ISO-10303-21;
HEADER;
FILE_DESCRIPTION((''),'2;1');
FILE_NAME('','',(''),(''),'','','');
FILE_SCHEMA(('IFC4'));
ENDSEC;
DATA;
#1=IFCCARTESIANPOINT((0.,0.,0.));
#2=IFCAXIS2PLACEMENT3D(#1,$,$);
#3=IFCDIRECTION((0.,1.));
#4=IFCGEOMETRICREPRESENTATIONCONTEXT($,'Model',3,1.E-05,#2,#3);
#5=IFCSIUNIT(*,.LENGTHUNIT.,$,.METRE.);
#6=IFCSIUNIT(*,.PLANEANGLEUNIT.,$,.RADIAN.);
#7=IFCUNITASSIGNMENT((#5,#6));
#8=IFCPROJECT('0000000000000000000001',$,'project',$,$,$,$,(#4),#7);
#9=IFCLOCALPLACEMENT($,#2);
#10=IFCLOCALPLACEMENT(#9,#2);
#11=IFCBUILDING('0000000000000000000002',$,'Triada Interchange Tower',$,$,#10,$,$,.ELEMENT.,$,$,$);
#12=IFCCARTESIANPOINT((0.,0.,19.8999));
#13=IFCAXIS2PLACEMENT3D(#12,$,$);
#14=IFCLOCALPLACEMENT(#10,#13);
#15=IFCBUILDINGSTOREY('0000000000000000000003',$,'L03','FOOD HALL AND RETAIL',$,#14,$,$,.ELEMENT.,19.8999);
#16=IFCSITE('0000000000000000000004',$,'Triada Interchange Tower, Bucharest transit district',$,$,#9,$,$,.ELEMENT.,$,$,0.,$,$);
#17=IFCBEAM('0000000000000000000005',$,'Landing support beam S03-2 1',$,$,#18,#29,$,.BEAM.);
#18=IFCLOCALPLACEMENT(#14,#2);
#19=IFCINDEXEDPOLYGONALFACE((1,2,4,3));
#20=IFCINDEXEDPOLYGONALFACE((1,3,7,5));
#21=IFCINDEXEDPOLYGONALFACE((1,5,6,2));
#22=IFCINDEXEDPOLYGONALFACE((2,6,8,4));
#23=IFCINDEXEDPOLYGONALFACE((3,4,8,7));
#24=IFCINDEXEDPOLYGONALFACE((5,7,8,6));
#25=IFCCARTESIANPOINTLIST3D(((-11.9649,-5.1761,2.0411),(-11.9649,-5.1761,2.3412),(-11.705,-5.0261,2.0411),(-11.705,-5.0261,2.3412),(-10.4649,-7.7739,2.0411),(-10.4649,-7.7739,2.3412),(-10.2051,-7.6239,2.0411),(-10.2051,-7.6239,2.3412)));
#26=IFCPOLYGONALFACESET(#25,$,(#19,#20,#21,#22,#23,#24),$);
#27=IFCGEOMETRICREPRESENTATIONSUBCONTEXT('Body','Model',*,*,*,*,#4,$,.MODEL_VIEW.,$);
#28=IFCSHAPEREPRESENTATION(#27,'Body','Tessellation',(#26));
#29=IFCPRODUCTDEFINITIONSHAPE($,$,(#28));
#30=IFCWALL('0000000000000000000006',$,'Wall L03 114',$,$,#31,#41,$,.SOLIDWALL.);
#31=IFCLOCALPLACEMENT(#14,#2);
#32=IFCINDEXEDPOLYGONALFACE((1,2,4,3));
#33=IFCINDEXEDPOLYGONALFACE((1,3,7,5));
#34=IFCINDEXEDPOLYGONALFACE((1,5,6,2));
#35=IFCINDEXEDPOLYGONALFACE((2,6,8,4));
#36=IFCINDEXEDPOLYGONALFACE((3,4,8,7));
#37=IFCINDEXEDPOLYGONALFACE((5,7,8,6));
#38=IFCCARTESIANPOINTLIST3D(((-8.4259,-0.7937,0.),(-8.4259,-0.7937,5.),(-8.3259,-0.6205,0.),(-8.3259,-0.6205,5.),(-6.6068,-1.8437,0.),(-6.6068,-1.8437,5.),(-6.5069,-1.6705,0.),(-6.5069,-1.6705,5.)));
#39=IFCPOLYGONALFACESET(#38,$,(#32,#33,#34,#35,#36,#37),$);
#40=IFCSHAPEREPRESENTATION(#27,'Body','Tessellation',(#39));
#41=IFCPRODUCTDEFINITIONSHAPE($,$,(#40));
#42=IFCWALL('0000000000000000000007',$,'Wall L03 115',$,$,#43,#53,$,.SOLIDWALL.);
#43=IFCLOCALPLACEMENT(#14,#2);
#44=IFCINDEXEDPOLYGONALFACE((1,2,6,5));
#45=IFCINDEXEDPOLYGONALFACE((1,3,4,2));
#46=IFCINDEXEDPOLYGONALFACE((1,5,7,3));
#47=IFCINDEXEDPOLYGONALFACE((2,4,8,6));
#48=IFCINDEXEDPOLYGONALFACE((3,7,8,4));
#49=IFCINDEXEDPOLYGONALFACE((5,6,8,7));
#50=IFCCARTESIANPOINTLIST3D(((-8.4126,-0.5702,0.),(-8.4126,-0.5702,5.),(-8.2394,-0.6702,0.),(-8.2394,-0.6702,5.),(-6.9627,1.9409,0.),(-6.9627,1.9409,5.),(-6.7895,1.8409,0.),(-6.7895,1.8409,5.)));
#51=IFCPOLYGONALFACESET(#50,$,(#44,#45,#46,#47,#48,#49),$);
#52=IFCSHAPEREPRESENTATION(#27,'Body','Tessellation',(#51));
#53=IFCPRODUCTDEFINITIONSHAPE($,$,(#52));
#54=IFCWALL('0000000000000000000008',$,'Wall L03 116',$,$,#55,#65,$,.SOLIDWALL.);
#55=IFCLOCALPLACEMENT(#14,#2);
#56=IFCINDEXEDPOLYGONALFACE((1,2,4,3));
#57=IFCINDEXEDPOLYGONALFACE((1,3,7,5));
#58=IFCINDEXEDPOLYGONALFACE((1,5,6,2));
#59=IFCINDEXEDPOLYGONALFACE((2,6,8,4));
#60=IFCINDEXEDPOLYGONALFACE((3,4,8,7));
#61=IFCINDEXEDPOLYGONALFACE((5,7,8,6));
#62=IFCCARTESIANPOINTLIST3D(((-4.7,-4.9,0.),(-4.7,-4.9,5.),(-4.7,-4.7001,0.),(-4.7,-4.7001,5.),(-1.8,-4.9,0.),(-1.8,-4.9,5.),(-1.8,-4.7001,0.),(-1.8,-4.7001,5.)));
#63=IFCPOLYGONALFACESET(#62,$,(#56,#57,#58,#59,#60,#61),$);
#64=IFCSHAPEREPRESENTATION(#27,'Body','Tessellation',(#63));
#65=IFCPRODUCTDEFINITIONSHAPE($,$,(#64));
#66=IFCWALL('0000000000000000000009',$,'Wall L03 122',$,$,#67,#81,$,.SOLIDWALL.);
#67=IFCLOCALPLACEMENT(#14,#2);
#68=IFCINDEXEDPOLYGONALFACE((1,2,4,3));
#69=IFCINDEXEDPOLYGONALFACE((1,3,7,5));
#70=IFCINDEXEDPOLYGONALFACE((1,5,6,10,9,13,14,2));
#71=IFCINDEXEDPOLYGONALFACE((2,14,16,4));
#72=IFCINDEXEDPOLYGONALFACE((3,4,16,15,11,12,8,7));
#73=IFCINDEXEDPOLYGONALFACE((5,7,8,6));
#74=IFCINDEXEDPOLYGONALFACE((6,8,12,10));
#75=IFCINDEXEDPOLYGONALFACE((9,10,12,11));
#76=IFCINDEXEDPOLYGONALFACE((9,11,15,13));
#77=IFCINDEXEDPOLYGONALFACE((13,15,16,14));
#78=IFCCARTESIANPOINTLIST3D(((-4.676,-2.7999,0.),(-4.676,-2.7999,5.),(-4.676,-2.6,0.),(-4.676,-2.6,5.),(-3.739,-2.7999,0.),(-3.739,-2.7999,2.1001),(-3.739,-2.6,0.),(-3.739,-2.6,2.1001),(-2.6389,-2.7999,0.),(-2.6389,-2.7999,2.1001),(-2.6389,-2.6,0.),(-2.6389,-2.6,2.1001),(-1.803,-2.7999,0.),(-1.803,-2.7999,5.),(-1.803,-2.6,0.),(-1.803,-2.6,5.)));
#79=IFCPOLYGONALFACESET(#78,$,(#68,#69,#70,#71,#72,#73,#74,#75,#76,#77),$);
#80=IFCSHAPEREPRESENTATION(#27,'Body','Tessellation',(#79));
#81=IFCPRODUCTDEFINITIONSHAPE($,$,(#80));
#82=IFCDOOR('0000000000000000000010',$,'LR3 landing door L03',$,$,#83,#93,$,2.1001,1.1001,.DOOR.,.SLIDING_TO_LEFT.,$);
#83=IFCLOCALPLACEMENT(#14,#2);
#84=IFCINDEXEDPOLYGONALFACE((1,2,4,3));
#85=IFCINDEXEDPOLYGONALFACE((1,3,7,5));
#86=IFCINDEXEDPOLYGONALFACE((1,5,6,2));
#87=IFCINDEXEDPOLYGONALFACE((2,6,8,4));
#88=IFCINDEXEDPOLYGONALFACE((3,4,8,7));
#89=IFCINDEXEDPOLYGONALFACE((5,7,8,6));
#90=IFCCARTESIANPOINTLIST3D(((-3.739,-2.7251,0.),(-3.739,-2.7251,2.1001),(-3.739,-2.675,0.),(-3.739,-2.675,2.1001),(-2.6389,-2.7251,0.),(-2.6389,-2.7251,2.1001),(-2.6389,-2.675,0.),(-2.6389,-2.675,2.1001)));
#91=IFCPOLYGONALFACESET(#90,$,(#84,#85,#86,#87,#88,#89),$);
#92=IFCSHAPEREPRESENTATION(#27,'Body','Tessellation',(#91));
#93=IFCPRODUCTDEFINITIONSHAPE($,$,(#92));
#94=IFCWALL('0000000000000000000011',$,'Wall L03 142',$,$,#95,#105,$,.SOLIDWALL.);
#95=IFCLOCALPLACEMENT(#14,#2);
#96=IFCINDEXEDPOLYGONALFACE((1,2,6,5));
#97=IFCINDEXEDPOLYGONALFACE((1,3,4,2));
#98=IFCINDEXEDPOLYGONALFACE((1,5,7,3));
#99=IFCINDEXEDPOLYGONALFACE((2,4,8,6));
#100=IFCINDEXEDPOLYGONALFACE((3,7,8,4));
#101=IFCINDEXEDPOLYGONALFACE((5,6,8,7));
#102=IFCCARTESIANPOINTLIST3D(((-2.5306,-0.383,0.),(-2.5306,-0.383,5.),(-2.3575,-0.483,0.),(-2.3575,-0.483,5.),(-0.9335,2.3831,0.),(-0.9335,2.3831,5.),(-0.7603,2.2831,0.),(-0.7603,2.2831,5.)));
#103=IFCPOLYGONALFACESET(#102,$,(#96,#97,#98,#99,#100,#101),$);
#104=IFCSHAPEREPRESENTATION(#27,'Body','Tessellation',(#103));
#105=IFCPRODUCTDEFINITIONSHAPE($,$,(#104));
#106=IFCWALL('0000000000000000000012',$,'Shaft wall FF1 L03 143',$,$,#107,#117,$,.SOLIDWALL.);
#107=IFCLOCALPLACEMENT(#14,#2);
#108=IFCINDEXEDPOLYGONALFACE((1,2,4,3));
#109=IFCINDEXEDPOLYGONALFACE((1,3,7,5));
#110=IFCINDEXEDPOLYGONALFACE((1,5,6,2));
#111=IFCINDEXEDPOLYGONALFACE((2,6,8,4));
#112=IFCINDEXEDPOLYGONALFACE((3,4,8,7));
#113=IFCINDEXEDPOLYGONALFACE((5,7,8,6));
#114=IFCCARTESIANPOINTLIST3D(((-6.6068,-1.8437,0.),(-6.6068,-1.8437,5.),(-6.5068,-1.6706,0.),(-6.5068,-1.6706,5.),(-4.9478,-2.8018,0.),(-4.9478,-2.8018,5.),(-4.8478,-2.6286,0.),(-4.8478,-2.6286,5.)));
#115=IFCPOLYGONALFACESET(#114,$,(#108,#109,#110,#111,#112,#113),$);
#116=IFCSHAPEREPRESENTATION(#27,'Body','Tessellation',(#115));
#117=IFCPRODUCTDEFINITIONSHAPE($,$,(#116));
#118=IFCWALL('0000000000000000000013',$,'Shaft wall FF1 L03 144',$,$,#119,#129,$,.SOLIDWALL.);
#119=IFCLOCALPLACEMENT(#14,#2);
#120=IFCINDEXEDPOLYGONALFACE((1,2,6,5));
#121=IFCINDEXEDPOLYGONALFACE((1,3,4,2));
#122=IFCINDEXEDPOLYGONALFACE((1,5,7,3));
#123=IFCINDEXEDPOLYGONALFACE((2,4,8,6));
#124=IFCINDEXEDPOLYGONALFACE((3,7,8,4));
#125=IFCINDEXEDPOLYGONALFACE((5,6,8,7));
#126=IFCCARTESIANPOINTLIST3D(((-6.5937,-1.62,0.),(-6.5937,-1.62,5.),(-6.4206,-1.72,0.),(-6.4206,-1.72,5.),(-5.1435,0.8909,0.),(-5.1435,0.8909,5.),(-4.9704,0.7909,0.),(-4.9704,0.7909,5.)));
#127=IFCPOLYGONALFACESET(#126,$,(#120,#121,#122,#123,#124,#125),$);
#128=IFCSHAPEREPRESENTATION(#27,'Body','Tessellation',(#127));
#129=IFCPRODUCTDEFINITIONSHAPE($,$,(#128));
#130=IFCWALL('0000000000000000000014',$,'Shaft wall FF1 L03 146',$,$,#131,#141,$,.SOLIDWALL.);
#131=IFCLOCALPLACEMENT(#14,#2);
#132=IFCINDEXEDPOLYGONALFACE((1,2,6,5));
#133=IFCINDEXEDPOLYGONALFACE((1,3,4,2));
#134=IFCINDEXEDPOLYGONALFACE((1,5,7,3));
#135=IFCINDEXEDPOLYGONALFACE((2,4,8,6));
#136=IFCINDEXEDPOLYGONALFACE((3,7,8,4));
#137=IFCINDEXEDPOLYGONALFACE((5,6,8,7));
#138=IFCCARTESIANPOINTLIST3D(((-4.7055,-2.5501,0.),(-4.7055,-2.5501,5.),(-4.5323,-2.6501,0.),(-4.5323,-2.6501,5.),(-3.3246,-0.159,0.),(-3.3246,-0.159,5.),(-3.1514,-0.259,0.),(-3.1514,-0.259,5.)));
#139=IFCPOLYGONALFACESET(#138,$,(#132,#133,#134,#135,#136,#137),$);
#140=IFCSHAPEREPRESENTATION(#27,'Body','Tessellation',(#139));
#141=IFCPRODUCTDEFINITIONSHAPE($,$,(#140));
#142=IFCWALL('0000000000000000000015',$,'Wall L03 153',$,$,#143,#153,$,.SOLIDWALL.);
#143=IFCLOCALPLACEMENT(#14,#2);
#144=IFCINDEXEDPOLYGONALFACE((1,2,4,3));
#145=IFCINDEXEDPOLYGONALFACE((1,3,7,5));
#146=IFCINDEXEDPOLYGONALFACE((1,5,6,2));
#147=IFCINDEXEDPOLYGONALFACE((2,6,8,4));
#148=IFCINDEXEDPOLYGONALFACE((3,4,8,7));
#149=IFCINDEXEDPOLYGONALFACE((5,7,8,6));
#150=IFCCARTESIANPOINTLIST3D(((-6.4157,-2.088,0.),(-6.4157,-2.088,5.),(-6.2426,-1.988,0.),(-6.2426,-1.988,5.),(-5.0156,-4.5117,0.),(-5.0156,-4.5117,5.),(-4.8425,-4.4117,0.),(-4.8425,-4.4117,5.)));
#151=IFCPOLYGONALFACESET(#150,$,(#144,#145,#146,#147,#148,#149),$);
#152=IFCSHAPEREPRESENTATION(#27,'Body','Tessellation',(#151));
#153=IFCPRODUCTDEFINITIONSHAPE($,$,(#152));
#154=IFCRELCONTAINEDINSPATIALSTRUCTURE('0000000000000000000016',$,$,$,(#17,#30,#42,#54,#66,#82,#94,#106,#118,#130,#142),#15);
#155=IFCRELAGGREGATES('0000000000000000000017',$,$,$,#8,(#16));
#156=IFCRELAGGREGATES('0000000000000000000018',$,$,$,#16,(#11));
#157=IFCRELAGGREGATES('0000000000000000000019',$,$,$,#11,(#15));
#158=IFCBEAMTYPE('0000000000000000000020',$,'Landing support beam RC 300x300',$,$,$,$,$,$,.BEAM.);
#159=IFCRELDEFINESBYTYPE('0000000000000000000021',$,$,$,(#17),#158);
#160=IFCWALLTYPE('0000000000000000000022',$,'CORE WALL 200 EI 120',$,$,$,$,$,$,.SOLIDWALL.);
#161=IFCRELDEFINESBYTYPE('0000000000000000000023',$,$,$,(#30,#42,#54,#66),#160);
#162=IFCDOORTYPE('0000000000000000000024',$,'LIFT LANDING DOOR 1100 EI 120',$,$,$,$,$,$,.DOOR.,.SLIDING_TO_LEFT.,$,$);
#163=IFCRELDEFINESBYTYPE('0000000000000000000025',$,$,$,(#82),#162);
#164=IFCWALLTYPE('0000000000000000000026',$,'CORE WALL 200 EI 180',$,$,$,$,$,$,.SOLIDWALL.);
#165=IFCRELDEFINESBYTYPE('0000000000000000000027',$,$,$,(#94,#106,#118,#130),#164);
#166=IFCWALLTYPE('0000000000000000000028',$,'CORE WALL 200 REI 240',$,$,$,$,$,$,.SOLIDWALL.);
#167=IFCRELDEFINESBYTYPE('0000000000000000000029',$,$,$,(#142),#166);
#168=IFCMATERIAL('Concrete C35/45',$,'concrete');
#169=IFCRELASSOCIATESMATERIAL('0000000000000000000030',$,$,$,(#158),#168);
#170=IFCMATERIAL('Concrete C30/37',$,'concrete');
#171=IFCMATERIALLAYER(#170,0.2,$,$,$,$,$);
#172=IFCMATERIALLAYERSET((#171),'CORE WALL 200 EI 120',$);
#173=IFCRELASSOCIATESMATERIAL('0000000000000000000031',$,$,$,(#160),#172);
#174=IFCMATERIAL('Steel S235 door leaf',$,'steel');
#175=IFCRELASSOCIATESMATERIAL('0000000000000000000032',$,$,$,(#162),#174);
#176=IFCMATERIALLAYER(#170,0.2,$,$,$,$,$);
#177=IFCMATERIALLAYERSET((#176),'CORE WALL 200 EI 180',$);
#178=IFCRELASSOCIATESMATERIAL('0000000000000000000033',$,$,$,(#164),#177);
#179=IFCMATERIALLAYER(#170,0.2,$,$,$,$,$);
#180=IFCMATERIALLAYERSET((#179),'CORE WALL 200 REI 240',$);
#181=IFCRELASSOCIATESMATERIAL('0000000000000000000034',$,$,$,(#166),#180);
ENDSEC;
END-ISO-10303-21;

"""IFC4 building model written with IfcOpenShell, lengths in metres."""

from ifc_helpers import new_model, si_unit, direction, frame, frame_2d, origin, origin_2d, place, context, subcontext, project, spatial, rectangle, extrude, material, layer, layer_set, material_profile, profile_set, type_object, element, fill, save


model = new_model("IFC4")

# Units and contexts
model_context = context("Model", 3, precision=1e-05, world=origin(), true_north=direction((0.0, 1.0)))
body_context = subcontext(model_context, "Body", "Model", "MODEL_VIEW")
ifc_project = project(units=[si_unit("LENGTHUNIT", "METRE"), si_unit("PLANEANGLEUNIT", "RADIAN")], contexts=[model_context])

# Site, building, storey
site_placement = place(None, origin())
site = spatial("IfcSite", under=ifc_project, at=site_placement, Name="Triada Interchange Tower, Bucharest transit district", CompositionType="ELEMENT", RefElevation=0.0)
building_placement = place(site_placement, origin())
building = spatial("IfcBuilding", under=site, at=building_placement, Name="Triada Interchange Tower", CompositionType="ELEMENT")
storey_placement = place(building_placement, frame((0.0, 0.0, 19.8999)))
storey = spatial("IfcBuildingStorey", under=building, at=storey_placement, Name="L03", Description="FOOD HALL AND RETAIL", CompositionType="ELEMENT", Elevation=19.8999)

# Beam
ifc_material_1 = material(Name="Concrete C35/45", Category="concrete")
ifc_material_profile = material_profile(ifc_material_1, rectangle(XDim=0.3, YDim=0.3, at=origin_2d()), Name="RC 300x300")
ifc_profile_set = profile_set([ifc_material_profile], Name="Concrete C35/45")
beam_type = type_object("IfcBeamType", Name="Landing support beam RC 300x300", PredefinedType="BEAM", material=ifc_profile_set)
beam_placement = place(storey_placement, frame((-11.835, -5.1011, 2.1912), z_axis=(0.500025, -0.866011, 0.0), x_axis=(0.866011, 0.500025, 0.0)))
element("IfcBeam", 1, at=beam_placement, inside=storey, type_object=beam_type, Name="Landing support beam S03-2 1", PredefinedType="BEAM", context=body_context, shape_type="SweptSolid", body=[
    extrude(rectangle(XDim=0.3, YDim=0.3, at=origin_2d()), origin(), (0.0, 0.0, 1.0), 2.9998),
])

# Walls
ifc_material_2 = material(Name="Concrete C30/37", Category="concrete")
ifc_layer_1 = layer(ifc_material_2, 0.2)
ifc_layer_set_1 = layer_set([ifc_layer_1], Name="CORE WALL 200 EI 120")
wall_type_1 = type_object("IfcWallType", Name="CORE WALL 200 EI 120", PredefinedType="SOLIDWALL", material=ifc_layer_set_1)
wall_1_placement = place(storey_placement, frame((-8.376, -0.707, 0.0), z_axis=(0.0, 0.0, 1.0), x_axis=(0.866068, -0.499927, 0.0)))
element("IfcWall", 2, at=wall_1_placement, inside=storey, type_object=wall_type_1, Name="Wall L03 114", PredefinedType="SOLIDWALL", context=body_context, shape_type="SweptSolid", body=[
    extrude(rectangle(XDim=2.1003, YDim=0.2, at=frame_2d((1.0503, 0.0))), origin(), (0.0, 0.0, 1.0), 5.0),
])
wall_2_placement = place(storey_placement, frame((-8.3259, -0.6201, 0.0), z_axis=(0.0, 0.0, 1.0), x_axis=(0.500024, 0.866012, 0.0)))
element("IfcWall", 3, at=wall_2_placement, inside=storey, type_object=wall_type_1, Name="Wall L03 115", PredefinedType="SOLIDWALL", context=body_context, shape_type="SweptSolid", body=[
    extrude(rectangle(XDim=2.8997, YDim=0.2, at=frame_2d((1.4497, 0.0))), origin(), (0.0, 0.0, 1.0), 5.0),
])
wall_3_placement = place(storey_placement, frame((-4.7, -4.8, 0.0), z_axis=(0.0, 0.0, 1.0), x_axis=(1.0, 0.0, 0.0)))
element("IfcWall", 4, at=wall_3_placement, inside=storey, type_object=wall_type_1, Name="Wall L03 116", PredefinedType="SOLIDWALL", context=body_context, shape_type="SweptSolid", body=[
    extrude(rectangle(XDim=2.8999, YDim=0.2, at=frame_2d((1.45, 0.0))), origin(), (0.0, 0.0, 1.0), 5.0),
])

# Wall, opening, door
wall_4_placement = place(storey_placement, frame((-4.676, -2.7, 0.0), z_axis=(0.0, 0.0, 1.0), x_axis=(1.0, 0.0, 0.0)))
wall_4 = element("IfcWall", 5, at=wall_4_placement, inside=storey, type_object=wall_type_1, Name="Wall L03 122", PredefinedType="SOLIDWALL", context=body_context, shape_type="SweptSolid", body=[
    extrude(rectangle(XDim=2.873, YDim=0.2, at=frame_2d((1.4365, 0.0))), origin(), (0.0, 0.0, 1.0), 5.0),
])
opening_placement = place(wall_4_placement, frame((0.937, 0.0, 0.0)))
opening = element("IfcOpeningElement", 6, at=opening_placement, cuts=wall_4, PredefinedType="OPENING", context=body_context, shape_type="SweptSolid", body=[
    extrude(rectangle(XDim=1.1001, YDim=2.1001, at=frame_2d((0.55, 1.05))), frame((0.0, 0.1099, 0.0), z_axis=(0.0, -1.0, 0.0), x_axis=(1.0, 0.0, 0.0)), (0.0, 0.0, 1.0), 0.22),
])
ifc_material_3 = material(Name="Steel S235 door leaf", Category="steel")
door_type = type_object("IfcDoorType", Name="LIFT LANDING DOOR 1100 EI 120", OperationType="SLIDING_TO_LEFT", PredefinedType="DOOR", material=ifc_material_3)
door_placement = place(opening_placement, origin())
door = element("IfcDoor", 7, at=door_placement, inside=storey, type_object=door_type, Name="LR3 landing door L03", OperationType="SLIDING_TO_LEFT", OverallHeight=2.1001, OverallWidth=1.1001, PredefinedType="DOOR", context=body_context, shape_type="SweptSolid", body=[
    extrude(rectangle(XDim=1.1001, YDim=2.1001, at=frame_2d((0.55, 1.05))), frame((0.0, 0.0249, 0.0), z_axis=(0.0, -1.0, 0.0), x_axis=(1.0, 0.0, 0.0)), (0.0, 0.0, 1.0), 0.05),
])
fill(opening, door)

# Walls
ifc_layer_2 = layer(ifc_material_2, 0.2)
ifc_layer_set_2 = layer_set([ifc_layer_2], Name="CORE WALL 200 EI 180")
wall_type_2 = type_object("IfcWallType", Name="CORE WALL 200 EI 180", PredefinedType="SOLIDWALL", material=ifc_layer_set_2)
wall_5_placement = place(storey_placement, frame((-2.4441, -0.4331, 0.0), z_axis=(0.0, 0.0, 1.0), x_axis=(0.500036, 0.866005, 0.0)))
element("IfcWall", 8, at=wall_5_placement, inside=storey, type_object=wall_type_2, Name="Wall L03 142", PredefinedType="SOLIDWALL", context=body_context, shape_type="SweptSolid", body=[
    extrude(rectangle(XDim=3.1941, YDim=0.2, at=frame_2d((1.5972, 0.0))), origin(), (0.0, 0.0, 1.0), 5.0),
])
wall_6_placement = place(storey_placement, frame((-6.5569, -1.7571, 0.0), z_axis=(0.0, 0.0, 1.0), x_axis=(0.865975, -0.500086, 0.0)))
element("IfcWall", 9, at=wall_6_placement, inside=storey, type_object=wall_type_2, Name="Shaft wall FF1 L03 143", PredefinedType="SOLIDWALL", context=body_context, shape_type="SweptSolid", body=[
    extrude(rectangle(XDim=1.9158, YDim=0.2, at=frame_2d((0.958, 0.0))), origin(), (0.0, 0.0, 1.0), 5.0),
])
wall_7_placement = place(storey_placement, frame((-6.5071, -1.6699, 0.0), z_axis=(0.0, 0.0, 1.0), x_axis=(0.500123, 0.865954, 0.0)))
element("IfcWall", 10, at=wall_7_placement, inside=storey, type_object=wall_type_2, Name="Shaft wall FF1 L03 144", PredefinedType="SOLIDWALL", context=body_context, shape_type="SweptSolid", body=[
    extrude(rectangle(XDim=2.8997, YDim=0.2, at=frame_2d((1.4497, 0.0))), origin(), (0.0, 0.0, 1.0), 5.0),
])
wall_8_placement = place(storey_placement, frame((-4.6189, -2.6001, 0.0), z_axis=(0.0, 0.0, 1.0), x_axis=(0.500095, 0.865971, 0.0)))
element("IfcWall", 11, at=wall_8_placement, inside=storey, type_object=wall_type_2, Name="Shaft wall FF1 L03 146", PredefinedType="SOLIDWALL", context=body_context, shape_type="SweptSolid", body=[
    extrude(rectangle(XDim=2.7612, YDim=0.2, at=frame_2d((1.3806, 0.0))), origin(), (0.0, 0.0, 1.0), 5.0),
])
ifc_layer_3 = layer(ifc_material_2, 0.2)
ifc_layer_set_3 = layer_set([ifc_layer_3], Name="CORE WALL 200 REI 240")
wall_type_3 = type_object("IfcWallType", Name="CORE WALL 200 REI 240", PredefinedType="SOLIDWALL", material=ifc_layer_set_3)
wall_9_placement = place(storey_placement, frame((-6.3291, -2.0381, 0.0), z_axis=(0.0, 0.0, 1.0), x_axis=(0.500201, -0.86591, 0.0)))
element("IfcWall", 12, at=wall_9_placement, inside=storey, type_object=wall_type_3, Name="Wall L03 153", PredefinedType="SOLIDWALL", context=body_context, shape_type="SweptSolid", body=[
    extrude(rectangle(XDim=2.7991, YDim=0.2, at=frame_2d((1.3994, 0.0))), origin(), (0.0, 0.0, 1.0), 5.0),
])

save(model, "model.ifc")
